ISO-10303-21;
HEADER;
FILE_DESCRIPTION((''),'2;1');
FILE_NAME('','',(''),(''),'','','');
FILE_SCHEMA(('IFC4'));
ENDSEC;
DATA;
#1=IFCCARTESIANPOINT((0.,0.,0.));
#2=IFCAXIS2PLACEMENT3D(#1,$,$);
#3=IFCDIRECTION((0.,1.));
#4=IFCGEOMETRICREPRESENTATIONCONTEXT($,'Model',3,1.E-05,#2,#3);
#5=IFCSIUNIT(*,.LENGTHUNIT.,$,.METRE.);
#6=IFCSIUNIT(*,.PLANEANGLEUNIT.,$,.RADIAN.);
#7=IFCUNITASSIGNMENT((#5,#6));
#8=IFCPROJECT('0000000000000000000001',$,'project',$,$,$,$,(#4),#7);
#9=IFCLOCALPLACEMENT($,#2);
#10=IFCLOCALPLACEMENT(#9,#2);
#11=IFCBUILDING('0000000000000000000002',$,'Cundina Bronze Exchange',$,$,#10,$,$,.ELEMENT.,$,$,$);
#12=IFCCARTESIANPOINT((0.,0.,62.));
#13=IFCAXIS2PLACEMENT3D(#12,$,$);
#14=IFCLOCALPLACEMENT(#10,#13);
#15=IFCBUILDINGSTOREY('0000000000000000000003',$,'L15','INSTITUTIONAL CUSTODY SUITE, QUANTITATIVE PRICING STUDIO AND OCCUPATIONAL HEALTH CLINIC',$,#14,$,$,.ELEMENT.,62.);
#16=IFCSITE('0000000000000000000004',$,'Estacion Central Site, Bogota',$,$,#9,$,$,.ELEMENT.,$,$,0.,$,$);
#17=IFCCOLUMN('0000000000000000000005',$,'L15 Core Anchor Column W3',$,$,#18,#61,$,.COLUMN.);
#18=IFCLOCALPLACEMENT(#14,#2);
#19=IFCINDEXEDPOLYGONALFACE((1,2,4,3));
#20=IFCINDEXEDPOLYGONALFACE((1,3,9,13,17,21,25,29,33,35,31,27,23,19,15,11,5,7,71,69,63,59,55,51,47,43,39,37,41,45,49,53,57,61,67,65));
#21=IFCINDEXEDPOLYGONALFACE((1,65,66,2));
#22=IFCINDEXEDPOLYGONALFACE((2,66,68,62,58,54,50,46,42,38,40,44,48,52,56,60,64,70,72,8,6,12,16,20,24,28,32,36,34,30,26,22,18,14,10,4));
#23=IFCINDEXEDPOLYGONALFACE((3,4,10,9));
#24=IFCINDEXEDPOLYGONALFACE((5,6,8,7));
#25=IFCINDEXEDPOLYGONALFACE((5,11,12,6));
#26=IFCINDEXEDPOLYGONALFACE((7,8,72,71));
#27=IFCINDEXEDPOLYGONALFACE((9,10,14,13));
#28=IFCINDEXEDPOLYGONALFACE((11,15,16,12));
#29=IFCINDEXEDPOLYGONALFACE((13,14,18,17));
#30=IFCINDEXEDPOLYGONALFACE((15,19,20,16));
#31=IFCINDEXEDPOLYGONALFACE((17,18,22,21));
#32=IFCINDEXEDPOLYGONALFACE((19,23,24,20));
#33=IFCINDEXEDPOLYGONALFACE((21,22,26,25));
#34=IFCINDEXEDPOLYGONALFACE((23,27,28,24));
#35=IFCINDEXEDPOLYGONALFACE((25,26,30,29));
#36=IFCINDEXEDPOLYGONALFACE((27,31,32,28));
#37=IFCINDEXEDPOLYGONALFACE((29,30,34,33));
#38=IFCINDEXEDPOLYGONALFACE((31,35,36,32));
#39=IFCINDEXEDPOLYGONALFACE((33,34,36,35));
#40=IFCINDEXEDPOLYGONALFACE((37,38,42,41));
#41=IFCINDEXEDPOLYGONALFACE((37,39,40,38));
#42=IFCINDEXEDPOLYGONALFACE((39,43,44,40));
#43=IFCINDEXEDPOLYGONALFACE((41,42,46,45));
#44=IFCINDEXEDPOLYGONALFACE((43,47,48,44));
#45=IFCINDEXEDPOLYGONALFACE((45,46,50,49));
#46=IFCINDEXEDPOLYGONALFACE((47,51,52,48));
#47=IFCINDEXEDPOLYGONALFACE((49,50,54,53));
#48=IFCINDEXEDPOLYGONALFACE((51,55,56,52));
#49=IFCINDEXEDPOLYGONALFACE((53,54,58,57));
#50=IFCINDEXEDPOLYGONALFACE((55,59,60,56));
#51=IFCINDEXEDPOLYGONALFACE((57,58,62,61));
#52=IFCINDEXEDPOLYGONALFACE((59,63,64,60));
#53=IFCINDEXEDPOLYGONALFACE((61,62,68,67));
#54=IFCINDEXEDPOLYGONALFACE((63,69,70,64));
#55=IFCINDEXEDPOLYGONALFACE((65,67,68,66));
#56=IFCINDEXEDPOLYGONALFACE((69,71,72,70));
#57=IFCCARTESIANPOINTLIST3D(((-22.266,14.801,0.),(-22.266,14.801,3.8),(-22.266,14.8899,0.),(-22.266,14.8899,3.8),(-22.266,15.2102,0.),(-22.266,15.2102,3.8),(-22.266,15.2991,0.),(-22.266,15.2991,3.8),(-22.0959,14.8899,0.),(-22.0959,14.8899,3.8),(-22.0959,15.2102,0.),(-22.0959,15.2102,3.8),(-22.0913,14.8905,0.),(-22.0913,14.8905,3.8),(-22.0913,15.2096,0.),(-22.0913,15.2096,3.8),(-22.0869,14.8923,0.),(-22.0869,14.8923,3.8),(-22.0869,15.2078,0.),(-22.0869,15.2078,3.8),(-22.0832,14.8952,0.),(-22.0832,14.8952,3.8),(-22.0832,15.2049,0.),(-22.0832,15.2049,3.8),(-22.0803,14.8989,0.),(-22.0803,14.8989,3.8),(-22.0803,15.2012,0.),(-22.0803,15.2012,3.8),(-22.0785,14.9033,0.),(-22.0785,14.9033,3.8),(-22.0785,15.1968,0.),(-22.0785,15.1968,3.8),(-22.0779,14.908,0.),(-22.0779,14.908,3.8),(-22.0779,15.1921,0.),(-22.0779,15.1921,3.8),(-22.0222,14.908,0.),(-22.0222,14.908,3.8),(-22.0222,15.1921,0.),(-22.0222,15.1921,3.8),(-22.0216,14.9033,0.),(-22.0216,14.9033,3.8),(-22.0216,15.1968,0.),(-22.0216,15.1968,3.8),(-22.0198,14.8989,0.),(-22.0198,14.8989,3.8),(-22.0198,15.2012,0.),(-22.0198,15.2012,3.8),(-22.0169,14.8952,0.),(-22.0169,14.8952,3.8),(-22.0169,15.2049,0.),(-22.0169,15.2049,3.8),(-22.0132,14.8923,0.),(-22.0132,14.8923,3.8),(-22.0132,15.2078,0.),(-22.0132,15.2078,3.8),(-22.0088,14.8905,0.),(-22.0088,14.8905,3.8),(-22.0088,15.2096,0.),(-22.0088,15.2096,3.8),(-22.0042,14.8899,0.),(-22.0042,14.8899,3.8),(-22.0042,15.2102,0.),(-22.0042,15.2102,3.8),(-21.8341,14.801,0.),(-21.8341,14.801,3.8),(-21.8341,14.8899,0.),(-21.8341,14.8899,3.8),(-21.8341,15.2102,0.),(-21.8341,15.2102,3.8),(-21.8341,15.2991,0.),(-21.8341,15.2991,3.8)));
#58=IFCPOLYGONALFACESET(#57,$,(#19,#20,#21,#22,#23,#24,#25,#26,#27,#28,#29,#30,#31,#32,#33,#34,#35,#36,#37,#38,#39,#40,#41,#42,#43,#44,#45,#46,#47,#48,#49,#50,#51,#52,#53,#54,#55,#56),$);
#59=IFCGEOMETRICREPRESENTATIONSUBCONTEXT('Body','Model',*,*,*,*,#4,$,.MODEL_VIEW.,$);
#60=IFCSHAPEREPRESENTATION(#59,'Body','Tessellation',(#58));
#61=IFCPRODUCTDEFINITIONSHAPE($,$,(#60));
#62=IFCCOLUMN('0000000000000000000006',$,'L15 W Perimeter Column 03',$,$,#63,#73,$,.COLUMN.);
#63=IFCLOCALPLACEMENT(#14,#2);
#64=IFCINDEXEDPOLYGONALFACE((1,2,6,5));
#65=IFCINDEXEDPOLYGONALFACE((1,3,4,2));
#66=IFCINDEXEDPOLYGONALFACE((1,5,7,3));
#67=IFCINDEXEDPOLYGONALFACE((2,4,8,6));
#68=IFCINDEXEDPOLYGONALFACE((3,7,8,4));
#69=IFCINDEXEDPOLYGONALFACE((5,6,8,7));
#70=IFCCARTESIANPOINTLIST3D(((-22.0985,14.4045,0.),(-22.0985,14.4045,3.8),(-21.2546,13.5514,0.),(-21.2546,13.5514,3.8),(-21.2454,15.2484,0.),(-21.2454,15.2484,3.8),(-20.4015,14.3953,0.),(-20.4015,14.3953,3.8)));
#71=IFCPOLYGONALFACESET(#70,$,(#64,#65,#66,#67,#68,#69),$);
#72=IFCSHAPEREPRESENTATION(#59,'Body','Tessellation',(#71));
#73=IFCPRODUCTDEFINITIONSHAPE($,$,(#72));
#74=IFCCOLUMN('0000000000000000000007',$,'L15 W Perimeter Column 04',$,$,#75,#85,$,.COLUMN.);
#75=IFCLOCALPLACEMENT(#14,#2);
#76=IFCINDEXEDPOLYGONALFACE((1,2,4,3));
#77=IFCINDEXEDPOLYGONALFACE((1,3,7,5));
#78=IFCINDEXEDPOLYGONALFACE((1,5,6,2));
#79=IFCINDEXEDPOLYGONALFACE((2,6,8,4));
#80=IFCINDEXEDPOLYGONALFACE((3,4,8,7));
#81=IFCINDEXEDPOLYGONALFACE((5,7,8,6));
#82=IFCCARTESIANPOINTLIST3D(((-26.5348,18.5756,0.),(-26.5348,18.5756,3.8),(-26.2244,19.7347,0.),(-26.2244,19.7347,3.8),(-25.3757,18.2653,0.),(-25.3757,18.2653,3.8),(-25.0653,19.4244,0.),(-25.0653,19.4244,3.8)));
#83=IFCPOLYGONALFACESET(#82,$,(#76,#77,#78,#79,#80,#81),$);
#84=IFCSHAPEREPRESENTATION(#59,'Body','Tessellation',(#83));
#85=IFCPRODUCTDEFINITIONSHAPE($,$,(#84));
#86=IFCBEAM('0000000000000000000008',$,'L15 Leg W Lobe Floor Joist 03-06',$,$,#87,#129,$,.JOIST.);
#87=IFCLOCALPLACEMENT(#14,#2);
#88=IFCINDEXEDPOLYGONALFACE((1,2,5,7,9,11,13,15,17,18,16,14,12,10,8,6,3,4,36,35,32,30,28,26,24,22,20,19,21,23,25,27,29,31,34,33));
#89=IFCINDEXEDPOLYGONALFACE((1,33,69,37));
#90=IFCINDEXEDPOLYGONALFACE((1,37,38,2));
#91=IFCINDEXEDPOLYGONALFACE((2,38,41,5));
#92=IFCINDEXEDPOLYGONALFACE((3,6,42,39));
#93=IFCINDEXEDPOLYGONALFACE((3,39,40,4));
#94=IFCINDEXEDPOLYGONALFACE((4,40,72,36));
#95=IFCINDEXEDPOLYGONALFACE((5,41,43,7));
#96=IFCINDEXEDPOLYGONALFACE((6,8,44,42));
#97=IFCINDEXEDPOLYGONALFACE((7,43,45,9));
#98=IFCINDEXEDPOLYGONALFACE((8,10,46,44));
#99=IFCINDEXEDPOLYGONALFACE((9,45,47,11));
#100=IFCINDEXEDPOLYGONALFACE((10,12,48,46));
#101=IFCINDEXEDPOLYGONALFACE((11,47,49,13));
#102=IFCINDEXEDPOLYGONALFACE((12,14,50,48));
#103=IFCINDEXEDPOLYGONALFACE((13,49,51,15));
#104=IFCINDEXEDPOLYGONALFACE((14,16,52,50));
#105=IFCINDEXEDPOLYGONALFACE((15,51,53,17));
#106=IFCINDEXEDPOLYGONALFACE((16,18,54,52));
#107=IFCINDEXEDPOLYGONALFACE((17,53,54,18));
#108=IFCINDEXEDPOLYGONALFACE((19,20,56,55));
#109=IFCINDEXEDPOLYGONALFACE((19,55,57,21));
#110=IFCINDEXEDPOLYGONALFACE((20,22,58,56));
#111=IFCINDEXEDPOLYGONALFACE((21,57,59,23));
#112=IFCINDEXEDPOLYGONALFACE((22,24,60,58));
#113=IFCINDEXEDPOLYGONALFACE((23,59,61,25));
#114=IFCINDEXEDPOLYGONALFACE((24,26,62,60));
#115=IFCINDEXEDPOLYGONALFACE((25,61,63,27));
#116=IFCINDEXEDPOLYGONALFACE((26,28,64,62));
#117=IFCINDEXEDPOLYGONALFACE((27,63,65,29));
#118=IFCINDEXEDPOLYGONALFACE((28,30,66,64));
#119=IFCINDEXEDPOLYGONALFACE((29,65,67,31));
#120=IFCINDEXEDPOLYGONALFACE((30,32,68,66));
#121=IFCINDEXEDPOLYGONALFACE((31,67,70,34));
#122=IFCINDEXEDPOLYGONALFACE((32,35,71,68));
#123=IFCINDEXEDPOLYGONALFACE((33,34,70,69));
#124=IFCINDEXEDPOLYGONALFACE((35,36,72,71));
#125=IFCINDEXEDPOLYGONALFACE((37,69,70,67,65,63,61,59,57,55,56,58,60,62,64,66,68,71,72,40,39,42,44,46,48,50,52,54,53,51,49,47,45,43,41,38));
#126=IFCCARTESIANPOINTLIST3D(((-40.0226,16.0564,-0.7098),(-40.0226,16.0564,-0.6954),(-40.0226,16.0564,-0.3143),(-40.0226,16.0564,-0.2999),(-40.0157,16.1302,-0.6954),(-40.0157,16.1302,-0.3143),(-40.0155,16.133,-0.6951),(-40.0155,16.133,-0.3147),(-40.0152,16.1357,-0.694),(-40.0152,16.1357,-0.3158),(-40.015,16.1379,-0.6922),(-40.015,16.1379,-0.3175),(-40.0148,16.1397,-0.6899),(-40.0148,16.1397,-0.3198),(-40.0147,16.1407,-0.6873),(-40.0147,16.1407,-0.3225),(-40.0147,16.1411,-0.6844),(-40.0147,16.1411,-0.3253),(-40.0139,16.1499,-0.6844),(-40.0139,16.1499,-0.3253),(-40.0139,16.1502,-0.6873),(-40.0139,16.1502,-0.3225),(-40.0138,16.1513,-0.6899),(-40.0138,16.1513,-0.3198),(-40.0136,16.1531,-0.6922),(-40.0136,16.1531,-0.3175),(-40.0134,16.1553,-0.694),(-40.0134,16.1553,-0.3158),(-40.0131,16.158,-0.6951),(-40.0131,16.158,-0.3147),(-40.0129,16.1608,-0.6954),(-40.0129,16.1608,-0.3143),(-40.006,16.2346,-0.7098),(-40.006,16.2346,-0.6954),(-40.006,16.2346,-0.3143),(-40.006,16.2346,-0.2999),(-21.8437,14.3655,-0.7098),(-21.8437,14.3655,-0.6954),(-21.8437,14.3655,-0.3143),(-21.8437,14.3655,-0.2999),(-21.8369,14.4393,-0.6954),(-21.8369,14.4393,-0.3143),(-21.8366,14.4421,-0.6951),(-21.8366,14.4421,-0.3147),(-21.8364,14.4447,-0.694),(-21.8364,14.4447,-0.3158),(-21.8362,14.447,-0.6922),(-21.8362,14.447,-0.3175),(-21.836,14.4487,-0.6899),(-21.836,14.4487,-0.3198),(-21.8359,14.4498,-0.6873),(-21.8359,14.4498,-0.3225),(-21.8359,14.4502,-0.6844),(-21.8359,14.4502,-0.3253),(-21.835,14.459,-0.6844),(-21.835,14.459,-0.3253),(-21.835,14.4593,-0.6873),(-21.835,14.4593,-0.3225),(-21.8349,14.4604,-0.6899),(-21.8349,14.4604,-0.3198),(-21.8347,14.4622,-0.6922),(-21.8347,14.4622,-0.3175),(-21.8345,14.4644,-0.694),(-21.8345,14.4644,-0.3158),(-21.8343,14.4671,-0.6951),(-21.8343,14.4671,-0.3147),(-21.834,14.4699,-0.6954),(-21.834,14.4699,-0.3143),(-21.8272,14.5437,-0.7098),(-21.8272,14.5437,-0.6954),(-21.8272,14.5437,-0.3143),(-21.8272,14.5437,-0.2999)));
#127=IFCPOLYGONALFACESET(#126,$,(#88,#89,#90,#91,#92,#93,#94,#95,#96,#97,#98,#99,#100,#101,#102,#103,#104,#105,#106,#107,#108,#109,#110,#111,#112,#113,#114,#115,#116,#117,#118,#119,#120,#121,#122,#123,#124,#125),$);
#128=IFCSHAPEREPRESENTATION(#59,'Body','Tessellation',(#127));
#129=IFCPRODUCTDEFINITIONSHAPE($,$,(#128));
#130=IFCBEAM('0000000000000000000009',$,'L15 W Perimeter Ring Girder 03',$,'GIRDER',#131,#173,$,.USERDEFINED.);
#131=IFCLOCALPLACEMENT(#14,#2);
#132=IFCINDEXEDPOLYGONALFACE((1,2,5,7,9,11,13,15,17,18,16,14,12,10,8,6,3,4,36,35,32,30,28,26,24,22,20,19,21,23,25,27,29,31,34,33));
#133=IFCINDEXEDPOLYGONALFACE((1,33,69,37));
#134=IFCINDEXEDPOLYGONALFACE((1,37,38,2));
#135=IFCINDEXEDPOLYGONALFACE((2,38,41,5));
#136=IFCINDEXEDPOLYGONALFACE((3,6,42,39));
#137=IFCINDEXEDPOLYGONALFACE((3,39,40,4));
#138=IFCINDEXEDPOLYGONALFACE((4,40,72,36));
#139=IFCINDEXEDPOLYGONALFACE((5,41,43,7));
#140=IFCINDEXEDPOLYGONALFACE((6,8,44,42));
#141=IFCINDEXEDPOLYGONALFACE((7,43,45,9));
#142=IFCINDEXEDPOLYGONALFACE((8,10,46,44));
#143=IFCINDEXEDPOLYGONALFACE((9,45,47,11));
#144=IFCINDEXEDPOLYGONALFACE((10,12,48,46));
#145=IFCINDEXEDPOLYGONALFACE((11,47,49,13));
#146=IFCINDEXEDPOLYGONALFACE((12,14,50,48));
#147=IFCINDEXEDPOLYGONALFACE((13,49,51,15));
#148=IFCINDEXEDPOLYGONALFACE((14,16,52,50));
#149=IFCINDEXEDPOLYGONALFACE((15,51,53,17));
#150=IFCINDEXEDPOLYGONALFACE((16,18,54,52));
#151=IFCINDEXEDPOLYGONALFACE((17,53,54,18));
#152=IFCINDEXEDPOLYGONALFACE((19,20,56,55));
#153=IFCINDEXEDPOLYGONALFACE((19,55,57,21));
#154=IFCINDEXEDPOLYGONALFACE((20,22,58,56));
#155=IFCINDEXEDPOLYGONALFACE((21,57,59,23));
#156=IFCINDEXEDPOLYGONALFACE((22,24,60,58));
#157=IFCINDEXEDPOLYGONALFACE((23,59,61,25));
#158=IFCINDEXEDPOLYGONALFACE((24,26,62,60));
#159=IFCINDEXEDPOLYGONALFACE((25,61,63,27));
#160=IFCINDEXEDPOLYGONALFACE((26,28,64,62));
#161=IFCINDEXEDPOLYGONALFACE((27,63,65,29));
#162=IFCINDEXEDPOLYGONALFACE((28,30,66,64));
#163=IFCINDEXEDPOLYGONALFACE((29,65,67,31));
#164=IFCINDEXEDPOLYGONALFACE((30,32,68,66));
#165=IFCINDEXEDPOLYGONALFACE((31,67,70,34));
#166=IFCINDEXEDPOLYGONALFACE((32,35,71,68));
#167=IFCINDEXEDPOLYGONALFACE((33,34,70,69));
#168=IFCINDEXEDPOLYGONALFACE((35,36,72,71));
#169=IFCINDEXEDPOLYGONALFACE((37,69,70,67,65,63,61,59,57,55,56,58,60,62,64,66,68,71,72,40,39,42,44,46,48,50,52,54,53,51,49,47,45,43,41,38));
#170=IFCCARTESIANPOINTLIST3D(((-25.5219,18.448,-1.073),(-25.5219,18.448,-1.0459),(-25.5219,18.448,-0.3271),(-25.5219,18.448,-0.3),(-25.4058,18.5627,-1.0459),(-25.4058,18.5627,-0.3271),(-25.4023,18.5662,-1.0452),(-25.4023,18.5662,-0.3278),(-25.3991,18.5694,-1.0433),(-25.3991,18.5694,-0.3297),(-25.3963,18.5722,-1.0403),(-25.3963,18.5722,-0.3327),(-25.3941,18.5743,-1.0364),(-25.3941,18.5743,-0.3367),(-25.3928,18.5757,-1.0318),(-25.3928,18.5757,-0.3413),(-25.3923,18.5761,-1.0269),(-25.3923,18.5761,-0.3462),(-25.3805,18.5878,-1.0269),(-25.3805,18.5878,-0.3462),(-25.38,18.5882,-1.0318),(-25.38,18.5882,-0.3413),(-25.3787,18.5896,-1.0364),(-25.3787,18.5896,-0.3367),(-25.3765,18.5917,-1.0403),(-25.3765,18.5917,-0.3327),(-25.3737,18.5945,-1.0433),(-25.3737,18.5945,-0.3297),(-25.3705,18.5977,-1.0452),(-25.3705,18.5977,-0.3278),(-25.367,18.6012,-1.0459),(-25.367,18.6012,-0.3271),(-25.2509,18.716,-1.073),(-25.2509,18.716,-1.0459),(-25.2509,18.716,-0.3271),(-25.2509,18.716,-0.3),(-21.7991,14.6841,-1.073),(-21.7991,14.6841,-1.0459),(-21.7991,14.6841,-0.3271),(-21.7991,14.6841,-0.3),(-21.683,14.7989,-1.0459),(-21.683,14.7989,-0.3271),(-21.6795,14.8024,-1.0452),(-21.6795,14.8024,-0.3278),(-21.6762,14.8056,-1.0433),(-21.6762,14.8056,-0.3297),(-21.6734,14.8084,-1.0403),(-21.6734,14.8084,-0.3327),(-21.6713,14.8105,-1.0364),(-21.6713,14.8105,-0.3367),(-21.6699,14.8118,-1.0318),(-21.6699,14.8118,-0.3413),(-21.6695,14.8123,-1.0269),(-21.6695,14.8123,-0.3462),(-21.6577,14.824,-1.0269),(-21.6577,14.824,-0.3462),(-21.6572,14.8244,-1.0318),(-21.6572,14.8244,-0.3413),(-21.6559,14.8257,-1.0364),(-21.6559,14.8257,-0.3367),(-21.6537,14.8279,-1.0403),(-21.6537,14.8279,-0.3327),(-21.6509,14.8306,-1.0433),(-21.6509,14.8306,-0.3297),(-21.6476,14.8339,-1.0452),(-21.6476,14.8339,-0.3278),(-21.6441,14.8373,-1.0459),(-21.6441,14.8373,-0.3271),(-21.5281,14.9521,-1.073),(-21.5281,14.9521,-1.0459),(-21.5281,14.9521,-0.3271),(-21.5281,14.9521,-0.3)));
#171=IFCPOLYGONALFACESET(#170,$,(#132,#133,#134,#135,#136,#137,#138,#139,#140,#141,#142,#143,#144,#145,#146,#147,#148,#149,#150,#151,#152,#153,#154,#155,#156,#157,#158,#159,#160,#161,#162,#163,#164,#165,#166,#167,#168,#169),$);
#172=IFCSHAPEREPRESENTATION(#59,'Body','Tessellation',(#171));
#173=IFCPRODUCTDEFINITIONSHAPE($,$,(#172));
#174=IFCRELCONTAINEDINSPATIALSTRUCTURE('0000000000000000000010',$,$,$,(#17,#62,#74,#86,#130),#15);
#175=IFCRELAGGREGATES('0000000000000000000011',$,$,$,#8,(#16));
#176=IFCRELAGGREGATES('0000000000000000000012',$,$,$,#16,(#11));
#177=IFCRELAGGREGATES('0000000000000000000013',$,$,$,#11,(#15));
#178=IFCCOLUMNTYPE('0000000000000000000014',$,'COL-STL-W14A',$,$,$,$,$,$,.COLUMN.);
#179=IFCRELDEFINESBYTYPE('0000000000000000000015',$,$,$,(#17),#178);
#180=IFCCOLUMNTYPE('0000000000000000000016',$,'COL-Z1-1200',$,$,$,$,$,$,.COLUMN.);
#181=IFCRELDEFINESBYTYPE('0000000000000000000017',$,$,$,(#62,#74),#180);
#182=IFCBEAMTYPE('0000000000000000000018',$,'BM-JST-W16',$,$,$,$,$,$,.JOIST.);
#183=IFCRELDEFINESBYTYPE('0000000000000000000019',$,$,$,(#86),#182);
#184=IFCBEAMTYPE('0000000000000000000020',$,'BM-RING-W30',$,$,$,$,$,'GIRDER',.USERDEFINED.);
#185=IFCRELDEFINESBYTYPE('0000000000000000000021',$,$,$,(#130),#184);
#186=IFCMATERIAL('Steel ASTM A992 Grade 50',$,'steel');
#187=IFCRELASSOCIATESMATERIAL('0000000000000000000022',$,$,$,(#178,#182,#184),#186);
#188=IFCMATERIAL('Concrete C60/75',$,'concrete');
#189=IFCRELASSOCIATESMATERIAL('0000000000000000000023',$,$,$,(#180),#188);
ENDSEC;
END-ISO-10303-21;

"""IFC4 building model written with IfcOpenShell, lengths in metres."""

from ifc_helpers import new_model, si_unit, direction, frame, origin, origin_2d, place, context, subcontext, project, spatial, rectangle, i_section, extrude, material, material_profile, profile_set, type_object, element, save


model = new_model("IFC4")

# Units and contexts
model_context = context("Model", 3, precision=1e-05, world=origin(), true_north=direction((0.0, 1.0)))
body_context = subcontext(model_context, "Body", "Model", "MODEL_VIEW")
ifc_project = project(units=[si_unit("LENGTHUNIT", "METRE"), si_unit("PLANEANGLEUNIT", "RADIAN")], contexts=[model_context])

# Site, building, storey
site_placement = place(None, origin())
site = spatial("IfcSite", under=ifc_project, at=site_placement, Name="Estacion Central Site, Bogota", CompositionType="ELEMENT", RefElevation=0.0)
building_placement = place(site_placement, origin())
building = spatial("IfcBuilding", under=site, at=building_placement, Name="Cundina Bronze Exchange", CompositionType="ELEMENT")
storey_placement = place(building_placement, frame((0.0, 0.0, 62.0)))
storey = spatial("IfcBuildingStorey", under=building, at=storey_placement, Name="L15", Description="INSTITUTIONAL CUSTODY SUITE, QUANTITATIVE PRICING STUDIO AND OCCUPATIONAL HEALTH CLINIC", CompositionType="ELEMENT", Elevation=62.0)

# Columns
ifc_material_1 = material(Name="Steel ASTM A992 Grade 50", Category="steel")
ifc_material_profile_1 = material_profile(ifc_material_1, i_section(OverallWidth=0.4319, OverallDepth=0.498, WebThickness=0.0557, FlangeThickness=0.0889, FilletRadius=0.0181, at=origin_2d()), Name="W14X500", Category="steel")
ifc_profile_set_1 = profile_set([ifc_material_profile_1], Name="Steel ASTM A992 Grade 50")
column_type_1 = type_object("IfcColumnType", Name="COL-STL-W14A", PredefinedType="COLUMN", material=ifc_profile_set_1)
column_placement = place(storey_placement, frame((-22.05, 15.05, 0.0), z_axis=(0.0, 0.0, 1.0), x_axis=(1.0, 0.0, 0.0)))
element("IfcColumn", 1, at=column_placement, inside=storey, type_object=column_type_1, Name="L15 Core Anchor Column W3", PredefinedType="COLUMN", context=body_context, shape_type="SweptSolid", body=[
    extrude(i_section(OverallWidth=0.4319, OverallDepth=0.498, WebThickness=0.0557, FlangeThickness=0.0889, FilletRadius=0.0181, at=origin_2d()), origin(), (0.0, 0.0, 1.0), 3.8),
])
ifc_material_2 = material(Name="Concrete C60/75", Category="concrete")
ifc_material_profile_2 = material_profile(ifc_material_2, rectangle(XDim=1.2, YDim=1.2, at=origin_2d()), Name="RC1200X1200", Category="concrete")
ifc_profile_set_2 = profile_set([ifc_material_profile_2], Name="Concrete C60/75")
column_type_2 = type_object("IfcColumnType", Name="COL-Z1-1200", PredefinedType="COLUMN", material=ifc_profile_set_2)
for number, where, z_axis, x_axis, name in (
    (2, (-21.25, 14.3999, 0.0), (0.0, 0.0, 1.0), (-0.703271, 0.710922, 0.0), "L15 W Perimeter Column 03"),
    (3, (-25.8, 19.0, 0.0), (0.0, 0.0, 1.0), (-0.965971, 0.25865, 0.0), "L15 W Perimeter Column 04"),
):
    element("IfcColumn", number, at=place(storey_placement, frame(where, z_axis=z_axis, x_axis=x_axis)), inside=storey, type_object=column_type_2, Name=name, PredefinedType="COLUMN", context=body_context, shape_type="SweptSolid", body=[
        extrude(rectangle(XDim=1.2, YDim=1.2, at=origin_2d()), origin(), (0.0, 0.0, 1.0), 3.8),
    ])

# Beams
ifc_material_profile_3 = material_profile(ifc_material_1, i_section(OverallWidth=0.179, OverallDepth=0.4099, WebThickness=0.0088, FlangeThickness=0.0144, FilletRadius=0.011, at=origin_2d()), Name="W16X45", Category="steel")
ifc_profile_set_3 = profile_set([ifc_material_profile_3], Name="Steel ASTM A992 Grade 50")
beam_type_1 = type_object("IfcBeamType", Name="BM-JST-W16", PredefinedType="JOIST", material=ifc_profile_set_3)
beam_1_placement = place(storey_placement, frame((-21.8354, 14.4546, -0.5049), z_axis=(-0.995702, 0.092615, 0.0), x_axis=(-0.092615, -0.995702, 0.0)))
element("IfcBeam", 4, at=beam_1_placement, inside=storey, type_object=beam_type_1, Name="L15 Leg W Lobe Floor Joist 03-06", PredefinedType="JOIST", context=body_context, shape_type="SweptSolid", body=[
    extrude(i_section(OverallWidth=0.179, OverallDepth=0.4099, WebThickness=0.0088, FlangeThickness=0.0144, FilletRadius=0.011, at=origin_2d()), origin(), (0.0, 0.0, 1.0), 18.2573),
])
ifc_material_profile_4 = material_profile(ifc_material_1, i_section(OverallWidth=0.3811, OverallDepth=0.7729, WebThickness=0.0166, FlangeThickness=0.0271, FilletRadius=0.019, at=origin_2d()), Name="W30X173", Category="steel")
ifc_profile_set_4 = profile_set([ifc_material_profile_4], Name="Steel ASTM A992 Grade 50")
beam_type_2 = type_object("IfcBeamType", Name="BM-RING-W30", ElementType="GIRDER", PredefinedType="USERDEFINED", material=ifc_profile_set_4)
beam_2_placement = place(storey_placement, frame((-21.6636, 14.8181, -0.6865), z_axis=(-0.703222, 0.71097, 0.0), x_axis=(-0.71097, -0.703222, 0.0)))
element("IfcBeam", 5, at=beam_2_placement, inside=storey, type_object=beam_type_2, Name="L15 W Perimeter Ring Girder 03", ObjectType="GIRDER", PredefinedType="USERDEFINED", context=body_context, shape_type="SweptSolid", body=[
    extrude(i_section(OverallWidth=0.3811, OverallDepth=0.7729, WebThickness=0.0166, FlangeThickness=0.0271, FilletRadius=0.019, at=origin_2d()), origin(), (0.0, 0.0, 1.0), 5.2939),
])

save(model, "model.ifc")
